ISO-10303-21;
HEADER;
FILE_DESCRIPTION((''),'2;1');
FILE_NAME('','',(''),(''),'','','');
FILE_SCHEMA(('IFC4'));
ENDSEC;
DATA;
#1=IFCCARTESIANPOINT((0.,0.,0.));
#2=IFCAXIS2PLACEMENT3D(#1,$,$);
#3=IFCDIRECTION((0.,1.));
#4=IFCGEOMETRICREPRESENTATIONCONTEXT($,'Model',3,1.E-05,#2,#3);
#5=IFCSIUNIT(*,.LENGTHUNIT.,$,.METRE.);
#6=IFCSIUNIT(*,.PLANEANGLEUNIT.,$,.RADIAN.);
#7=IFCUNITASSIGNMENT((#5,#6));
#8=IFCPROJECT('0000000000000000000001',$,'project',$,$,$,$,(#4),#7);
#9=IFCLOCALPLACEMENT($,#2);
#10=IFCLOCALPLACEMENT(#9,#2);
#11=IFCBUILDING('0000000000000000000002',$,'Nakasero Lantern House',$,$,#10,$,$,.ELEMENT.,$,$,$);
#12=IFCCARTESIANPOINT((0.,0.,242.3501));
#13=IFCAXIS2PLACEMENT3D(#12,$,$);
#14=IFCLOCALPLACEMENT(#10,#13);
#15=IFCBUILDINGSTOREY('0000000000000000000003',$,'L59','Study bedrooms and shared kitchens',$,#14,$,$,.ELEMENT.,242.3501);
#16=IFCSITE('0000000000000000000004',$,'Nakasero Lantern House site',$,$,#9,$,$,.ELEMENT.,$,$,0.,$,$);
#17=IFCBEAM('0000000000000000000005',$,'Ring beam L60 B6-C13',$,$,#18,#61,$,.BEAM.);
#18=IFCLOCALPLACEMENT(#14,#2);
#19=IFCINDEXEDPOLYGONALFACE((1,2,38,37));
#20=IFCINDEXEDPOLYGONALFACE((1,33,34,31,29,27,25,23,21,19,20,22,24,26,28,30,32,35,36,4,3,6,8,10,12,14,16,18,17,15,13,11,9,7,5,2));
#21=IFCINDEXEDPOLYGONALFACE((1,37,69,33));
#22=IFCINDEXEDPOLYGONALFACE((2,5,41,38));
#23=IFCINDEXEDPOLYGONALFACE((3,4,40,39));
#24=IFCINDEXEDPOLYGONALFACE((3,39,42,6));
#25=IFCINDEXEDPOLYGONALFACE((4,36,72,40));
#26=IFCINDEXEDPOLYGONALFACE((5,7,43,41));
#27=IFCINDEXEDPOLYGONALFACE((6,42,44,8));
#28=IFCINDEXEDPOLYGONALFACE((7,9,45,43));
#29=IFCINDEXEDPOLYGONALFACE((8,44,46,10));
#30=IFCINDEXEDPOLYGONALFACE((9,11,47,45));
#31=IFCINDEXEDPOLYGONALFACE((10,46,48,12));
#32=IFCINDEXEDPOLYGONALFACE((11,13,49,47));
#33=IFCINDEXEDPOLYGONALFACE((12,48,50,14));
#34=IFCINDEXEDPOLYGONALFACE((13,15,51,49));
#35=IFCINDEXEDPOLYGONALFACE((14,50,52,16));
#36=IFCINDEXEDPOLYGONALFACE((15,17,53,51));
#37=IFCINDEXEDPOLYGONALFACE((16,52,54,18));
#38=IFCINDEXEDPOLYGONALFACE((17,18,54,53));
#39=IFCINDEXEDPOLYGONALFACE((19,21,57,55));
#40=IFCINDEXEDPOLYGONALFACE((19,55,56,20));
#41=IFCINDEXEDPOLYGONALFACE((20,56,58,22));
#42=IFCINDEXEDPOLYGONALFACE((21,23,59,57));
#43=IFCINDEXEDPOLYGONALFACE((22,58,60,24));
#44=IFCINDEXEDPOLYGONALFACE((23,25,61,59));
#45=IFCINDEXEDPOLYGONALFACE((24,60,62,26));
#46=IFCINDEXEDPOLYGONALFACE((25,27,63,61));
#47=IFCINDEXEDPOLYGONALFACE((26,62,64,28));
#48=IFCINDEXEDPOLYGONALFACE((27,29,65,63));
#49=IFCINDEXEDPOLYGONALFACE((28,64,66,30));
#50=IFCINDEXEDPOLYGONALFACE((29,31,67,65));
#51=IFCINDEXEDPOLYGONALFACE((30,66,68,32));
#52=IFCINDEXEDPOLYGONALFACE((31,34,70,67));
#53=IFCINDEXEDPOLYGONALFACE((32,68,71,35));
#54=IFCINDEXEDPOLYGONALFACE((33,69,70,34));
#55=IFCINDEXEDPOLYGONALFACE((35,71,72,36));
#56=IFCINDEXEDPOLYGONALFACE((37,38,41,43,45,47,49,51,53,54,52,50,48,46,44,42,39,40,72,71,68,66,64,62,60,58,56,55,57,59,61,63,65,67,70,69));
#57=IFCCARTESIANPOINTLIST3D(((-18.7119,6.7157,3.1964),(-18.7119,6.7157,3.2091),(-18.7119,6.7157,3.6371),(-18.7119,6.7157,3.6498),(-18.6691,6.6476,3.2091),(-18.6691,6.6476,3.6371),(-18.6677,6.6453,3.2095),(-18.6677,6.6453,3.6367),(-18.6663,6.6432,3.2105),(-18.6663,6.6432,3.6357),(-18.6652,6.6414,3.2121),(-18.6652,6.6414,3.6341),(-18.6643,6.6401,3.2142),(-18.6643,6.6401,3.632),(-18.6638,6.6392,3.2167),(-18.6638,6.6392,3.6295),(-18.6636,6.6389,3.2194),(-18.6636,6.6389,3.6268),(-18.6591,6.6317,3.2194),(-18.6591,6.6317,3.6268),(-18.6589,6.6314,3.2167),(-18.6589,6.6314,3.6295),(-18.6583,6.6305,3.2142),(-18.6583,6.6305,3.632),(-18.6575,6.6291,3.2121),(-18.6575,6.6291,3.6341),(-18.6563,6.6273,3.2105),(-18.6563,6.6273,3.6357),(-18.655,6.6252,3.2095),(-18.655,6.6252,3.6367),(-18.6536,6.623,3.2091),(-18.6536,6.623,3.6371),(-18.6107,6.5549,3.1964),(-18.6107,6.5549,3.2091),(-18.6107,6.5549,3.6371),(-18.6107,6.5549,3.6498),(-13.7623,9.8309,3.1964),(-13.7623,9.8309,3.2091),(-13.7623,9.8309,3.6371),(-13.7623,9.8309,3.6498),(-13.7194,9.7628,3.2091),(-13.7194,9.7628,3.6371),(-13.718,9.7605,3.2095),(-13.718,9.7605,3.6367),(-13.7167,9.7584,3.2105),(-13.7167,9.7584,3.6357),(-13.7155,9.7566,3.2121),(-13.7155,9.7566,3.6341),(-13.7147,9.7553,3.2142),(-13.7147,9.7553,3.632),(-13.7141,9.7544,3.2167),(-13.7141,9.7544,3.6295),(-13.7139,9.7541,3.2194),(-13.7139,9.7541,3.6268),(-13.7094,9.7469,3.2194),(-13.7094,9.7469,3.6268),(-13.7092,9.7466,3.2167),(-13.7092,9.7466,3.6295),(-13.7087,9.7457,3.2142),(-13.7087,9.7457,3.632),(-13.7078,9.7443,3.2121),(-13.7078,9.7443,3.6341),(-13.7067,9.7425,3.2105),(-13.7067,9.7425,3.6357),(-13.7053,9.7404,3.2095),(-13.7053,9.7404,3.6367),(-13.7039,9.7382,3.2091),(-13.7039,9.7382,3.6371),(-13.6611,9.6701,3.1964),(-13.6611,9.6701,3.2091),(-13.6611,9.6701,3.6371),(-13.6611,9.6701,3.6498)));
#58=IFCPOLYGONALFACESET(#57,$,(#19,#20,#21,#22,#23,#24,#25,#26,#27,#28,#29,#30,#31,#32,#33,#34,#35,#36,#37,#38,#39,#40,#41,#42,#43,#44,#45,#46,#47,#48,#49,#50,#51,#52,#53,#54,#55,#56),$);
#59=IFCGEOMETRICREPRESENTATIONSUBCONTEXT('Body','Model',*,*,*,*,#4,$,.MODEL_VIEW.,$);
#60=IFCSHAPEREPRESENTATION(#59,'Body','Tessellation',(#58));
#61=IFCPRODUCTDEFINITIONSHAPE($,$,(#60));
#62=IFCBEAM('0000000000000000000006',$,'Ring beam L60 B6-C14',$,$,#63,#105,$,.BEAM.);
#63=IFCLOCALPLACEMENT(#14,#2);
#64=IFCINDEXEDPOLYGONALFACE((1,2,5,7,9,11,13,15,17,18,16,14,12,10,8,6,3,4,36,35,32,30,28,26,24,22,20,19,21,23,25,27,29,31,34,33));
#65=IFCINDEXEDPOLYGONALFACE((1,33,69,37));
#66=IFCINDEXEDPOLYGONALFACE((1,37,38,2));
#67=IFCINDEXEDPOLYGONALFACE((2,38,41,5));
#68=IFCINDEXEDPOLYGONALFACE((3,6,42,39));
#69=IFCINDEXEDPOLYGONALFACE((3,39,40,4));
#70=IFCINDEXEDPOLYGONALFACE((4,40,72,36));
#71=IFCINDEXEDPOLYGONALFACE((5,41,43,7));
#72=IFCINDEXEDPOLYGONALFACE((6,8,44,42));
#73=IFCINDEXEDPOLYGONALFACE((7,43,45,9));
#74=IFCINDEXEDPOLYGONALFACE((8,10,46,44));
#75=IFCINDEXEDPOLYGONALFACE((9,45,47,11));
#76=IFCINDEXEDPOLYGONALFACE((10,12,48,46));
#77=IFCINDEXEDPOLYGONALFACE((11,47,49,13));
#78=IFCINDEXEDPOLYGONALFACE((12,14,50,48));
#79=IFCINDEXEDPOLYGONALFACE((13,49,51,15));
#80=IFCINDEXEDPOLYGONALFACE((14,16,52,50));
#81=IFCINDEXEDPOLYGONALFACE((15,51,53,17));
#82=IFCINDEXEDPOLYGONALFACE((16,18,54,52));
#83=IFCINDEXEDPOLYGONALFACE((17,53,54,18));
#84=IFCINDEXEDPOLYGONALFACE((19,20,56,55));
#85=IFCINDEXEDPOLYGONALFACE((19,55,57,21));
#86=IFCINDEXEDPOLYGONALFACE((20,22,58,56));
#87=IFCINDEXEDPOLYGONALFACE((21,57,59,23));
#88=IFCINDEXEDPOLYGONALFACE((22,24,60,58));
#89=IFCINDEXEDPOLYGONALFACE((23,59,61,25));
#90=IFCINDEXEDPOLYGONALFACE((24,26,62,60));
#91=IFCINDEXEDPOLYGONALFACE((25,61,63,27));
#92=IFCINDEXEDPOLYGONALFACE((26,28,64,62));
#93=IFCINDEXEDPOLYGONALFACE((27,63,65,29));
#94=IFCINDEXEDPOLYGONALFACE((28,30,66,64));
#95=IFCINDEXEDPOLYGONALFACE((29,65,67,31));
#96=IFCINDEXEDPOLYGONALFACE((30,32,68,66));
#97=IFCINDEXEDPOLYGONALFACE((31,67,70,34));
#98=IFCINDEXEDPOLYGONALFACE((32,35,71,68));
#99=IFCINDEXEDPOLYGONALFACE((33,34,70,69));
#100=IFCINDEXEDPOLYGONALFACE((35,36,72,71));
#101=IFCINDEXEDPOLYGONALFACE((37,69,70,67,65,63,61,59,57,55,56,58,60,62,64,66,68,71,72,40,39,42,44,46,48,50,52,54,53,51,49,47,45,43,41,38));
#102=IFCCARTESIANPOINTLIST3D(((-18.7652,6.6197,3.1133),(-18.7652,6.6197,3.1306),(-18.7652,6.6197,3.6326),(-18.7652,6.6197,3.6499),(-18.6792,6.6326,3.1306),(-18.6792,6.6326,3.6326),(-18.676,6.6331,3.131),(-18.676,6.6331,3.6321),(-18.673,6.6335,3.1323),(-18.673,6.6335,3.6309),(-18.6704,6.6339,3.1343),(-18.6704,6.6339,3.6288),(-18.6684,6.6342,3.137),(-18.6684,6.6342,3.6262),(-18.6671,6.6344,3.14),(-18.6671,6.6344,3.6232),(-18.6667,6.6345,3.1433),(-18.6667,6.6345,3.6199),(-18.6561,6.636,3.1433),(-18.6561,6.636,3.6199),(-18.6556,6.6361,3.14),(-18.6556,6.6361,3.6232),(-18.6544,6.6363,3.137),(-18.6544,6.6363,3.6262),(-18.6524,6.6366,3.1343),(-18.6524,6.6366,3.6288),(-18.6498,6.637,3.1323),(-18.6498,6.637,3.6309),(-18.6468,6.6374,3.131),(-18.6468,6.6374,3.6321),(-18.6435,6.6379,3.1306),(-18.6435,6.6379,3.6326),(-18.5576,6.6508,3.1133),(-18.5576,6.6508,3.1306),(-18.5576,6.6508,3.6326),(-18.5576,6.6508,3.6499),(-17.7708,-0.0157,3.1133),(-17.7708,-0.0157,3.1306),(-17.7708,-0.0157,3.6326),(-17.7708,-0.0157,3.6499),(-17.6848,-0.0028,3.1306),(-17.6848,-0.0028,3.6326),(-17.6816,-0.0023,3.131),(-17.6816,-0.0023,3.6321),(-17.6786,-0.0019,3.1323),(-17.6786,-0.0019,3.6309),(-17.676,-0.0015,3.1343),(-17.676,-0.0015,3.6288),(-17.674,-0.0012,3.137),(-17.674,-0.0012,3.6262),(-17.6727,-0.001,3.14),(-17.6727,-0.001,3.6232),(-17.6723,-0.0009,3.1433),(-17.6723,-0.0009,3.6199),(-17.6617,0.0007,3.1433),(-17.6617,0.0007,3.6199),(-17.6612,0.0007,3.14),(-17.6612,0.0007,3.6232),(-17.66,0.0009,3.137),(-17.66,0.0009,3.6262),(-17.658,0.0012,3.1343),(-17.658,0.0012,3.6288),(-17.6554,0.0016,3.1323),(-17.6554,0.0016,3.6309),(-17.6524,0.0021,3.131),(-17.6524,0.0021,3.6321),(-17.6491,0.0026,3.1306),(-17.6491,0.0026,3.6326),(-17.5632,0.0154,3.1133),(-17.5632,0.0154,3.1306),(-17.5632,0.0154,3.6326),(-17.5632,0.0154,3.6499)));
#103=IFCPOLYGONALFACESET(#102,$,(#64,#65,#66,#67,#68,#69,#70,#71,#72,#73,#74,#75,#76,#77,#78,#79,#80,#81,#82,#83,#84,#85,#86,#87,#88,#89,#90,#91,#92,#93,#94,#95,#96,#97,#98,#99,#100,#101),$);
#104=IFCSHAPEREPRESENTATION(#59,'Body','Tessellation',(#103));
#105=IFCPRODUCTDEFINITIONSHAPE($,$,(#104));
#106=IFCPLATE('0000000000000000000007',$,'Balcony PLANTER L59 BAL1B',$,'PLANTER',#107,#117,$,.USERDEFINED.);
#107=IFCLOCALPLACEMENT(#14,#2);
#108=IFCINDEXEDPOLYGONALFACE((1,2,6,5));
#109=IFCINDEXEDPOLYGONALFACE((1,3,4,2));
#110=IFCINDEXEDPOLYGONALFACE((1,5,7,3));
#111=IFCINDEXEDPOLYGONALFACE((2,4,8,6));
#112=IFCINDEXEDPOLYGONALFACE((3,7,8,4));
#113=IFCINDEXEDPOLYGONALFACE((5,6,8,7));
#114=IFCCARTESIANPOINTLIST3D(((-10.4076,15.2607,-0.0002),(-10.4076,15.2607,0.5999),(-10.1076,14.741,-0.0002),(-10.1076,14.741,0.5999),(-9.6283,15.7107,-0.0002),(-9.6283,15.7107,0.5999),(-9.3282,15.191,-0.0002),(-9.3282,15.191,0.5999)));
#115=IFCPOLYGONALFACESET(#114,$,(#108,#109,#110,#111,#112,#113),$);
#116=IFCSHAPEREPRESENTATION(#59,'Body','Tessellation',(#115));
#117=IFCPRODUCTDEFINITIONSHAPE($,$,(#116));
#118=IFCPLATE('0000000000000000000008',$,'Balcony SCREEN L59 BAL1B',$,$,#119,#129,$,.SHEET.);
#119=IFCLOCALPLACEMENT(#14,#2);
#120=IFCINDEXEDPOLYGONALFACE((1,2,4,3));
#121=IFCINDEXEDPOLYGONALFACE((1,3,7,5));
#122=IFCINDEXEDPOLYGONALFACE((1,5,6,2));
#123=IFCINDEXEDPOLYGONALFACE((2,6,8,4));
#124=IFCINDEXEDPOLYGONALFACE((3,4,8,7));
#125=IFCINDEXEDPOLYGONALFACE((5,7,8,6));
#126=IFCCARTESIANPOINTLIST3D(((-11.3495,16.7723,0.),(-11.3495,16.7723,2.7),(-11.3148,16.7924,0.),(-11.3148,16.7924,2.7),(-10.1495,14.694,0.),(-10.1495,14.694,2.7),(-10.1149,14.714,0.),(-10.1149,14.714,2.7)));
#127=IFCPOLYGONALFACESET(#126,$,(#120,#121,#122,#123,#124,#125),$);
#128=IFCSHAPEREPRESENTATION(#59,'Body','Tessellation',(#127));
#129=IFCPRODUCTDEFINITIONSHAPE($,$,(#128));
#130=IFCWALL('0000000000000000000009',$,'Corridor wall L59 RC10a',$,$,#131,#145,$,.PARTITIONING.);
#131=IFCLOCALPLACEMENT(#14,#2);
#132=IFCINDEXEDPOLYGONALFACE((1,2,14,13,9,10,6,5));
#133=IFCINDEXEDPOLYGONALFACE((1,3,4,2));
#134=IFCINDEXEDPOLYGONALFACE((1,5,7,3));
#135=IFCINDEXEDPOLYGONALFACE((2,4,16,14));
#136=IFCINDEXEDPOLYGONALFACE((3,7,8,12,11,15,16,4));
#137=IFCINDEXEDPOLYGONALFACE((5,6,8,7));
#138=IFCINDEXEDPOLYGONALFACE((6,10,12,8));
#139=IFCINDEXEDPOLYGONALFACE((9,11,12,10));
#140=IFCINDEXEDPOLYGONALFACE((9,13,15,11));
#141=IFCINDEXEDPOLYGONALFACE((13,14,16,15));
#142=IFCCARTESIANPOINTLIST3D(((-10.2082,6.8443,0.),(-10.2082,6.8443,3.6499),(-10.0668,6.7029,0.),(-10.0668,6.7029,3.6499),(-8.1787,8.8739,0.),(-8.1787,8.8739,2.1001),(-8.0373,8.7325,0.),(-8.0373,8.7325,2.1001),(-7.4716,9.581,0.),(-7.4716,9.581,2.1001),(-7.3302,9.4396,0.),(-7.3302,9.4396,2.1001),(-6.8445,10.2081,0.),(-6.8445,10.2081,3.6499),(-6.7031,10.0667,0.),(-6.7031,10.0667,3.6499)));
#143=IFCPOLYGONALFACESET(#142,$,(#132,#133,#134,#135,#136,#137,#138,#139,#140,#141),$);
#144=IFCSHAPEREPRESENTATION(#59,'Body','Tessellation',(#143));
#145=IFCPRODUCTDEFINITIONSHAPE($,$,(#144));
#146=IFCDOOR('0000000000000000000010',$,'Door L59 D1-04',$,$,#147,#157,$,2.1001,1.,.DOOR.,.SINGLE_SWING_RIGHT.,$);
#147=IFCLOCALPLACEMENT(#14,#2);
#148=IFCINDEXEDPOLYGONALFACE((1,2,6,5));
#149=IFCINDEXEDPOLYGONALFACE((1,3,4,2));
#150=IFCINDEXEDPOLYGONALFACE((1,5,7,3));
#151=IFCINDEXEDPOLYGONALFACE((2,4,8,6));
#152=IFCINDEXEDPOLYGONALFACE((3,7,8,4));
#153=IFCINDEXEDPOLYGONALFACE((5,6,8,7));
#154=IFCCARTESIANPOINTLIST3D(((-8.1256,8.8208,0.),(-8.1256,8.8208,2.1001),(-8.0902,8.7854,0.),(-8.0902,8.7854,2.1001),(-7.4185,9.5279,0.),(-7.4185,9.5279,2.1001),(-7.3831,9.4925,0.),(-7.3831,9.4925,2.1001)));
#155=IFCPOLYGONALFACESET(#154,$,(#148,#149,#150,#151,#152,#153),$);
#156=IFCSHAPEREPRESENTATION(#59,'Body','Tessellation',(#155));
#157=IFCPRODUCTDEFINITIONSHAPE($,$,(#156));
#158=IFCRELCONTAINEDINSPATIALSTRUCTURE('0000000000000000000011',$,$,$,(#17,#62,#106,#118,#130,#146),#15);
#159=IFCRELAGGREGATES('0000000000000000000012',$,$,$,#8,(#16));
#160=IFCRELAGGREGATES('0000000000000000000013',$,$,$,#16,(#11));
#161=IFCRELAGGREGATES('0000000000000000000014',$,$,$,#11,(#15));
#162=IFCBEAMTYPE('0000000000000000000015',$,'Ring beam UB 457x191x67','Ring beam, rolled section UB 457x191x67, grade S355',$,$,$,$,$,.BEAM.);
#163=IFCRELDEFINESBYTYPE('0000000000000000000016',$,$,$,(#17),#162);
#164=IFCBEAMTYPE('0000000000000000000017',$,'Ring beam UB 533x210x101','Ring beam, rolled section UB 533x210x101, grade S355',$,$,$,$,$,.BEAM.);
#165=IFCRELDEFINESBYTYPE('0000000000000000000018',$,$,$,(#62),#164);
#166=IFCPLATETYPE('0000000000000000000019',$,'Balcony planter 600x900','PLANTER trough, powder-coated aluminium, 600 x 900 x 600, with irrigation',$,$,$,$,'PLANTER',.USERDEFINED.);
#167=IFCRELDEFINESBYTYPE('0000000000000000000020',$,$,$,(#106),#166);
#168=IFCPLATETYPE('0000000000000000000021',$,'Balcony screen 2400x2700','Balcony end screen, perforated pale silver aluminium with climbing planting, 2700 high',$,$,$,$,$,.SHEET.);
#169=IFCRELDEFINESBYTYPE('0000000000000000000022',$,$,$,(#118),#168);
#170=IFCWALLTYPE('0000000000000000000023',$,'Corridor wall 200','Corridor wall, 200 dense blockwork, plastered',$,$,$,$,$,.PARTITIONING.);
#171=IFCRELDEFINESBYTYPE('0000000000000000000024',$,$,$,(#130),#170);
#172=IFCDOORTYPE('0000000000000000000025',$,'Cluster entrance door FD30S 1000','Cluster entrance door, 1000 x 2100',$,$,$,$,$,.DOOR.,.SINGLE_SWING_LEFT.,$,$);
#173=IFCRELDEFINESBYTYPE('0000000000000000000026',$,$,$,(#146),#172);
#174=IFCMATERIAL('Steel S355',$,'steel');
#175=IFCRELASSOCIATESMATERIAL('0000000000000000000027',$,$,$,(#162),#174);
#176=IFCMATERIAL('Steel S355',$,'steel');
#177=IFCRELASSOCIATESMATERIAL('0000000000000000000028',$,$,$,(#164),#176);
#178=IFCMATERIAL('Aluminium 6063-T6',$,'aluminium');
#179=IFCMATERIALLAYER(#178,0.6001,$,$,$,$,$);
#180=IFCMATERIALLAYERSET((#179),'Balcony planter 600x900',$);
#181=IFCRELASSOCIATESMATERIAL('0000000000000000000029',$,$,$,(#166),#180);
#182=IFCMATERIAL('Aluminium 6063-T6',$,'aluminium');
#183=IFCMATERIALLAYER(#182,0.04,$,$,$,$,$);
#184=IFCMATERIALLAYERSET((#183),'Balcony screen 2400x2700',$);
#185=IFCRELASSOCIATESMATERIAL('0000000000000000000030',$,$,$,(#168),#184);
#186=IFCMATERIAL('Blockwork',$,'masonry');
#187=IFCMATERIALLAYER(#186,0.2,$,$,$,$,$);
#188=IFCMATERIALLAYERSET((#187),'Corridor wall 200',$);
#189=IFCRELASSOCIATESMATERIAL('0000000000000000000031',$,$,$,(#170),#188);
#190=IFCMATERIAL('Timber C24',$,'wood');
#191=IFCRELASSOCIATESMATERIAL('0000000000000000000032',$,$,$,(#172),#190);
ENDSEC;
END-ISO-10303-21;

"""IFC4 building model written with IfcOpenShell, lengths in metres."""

from ifc_helpers import new_model, si_unit, direction, frame, frame_2d, origin, origin_2d, place, context, subcontext, project, spatial, rectangle, i_section, extrude, material, layer, layer_set, material_profile, profile_set, type_object, element, fill, save


model = new_model("IFC4")

# Units and contexts
model_context = context("Model", 3, precision=1e-05, world=origin(), true_north=direction((0.0, 1.0)))
body_context = subcontext(model_context, "Body", "Model", "MODEL_VIEW")
ifc_project = project(units=[si_unit("LENGTHUNIT", "METRE"), si_unit("PLANEANGLEUNIT", "RADIAN")], contexts=[model_context])

# Site, building, storey
site_placement = place(None, origin())
site = spatial("IfcSite", under=ifc_project, at=site_placement, Name="Nakasero Lantern House site", CompositionType="ELEMENT", RefElevation=0.0)
building_placement = place(site_placement, origin())
building = spatial("IfcBuilding", under=site, at=building_placement, Name="Nakasero Lantern House", CompositionType="ELEMENT")
storey_placement = place(building_placement, frame((0.0, 0.0, 242.3501)))
storey = spatial("IfcBuildingStorey", under=building, at=storey_placement, Name="L59", Description="Study bedrooms and shared kitchens", CompositionType="ELEMENT", Elevation=242.3501)

# Beams
ifc_material_1 = material(Name="Steel S355", Category="steel")
ifc_material_profile_1 = material_profile(ifc_material_1, i_section(OverallWidth=0.1899, OverallDepth=0.4534, WebThickness=0.0085, FlangeThickness=0.0127, FilletRadius=0.0103, at=origin_2d()), Name="UB 457x191x67")
ifc_profile_set_1 = profile_set([ifc_material_profile_1], Name="Steel S355")
beam_type_1 = type_object("IfcBeamType", Name="Ring beam UB 457x191x67", Description="Ring beam, rolled section UB 457x191x67, grade S355", PredefinedType="BEAM", material=ifc_profile_set_1)
beam_1_placement = place(storey_placement, frame((-13.7117, 9.7505, 3.4231), z_axis=(-0.846329, -0.53266, 0.0), x_axis=(0.53266, -0.846329, 0.0)))
element("IfcBeam", 1, at=beam_1_placement, inside=storey, type_object=beam_type_1, Name="Ring beam L60 B6-C13", PredefinedType="BEAM", context=body_context, shape_type="SweptSolid", body=[
    extrude(i_section(OverallWidth=0.1899, OverallDepth=0.4534, WebThickness=0.0085, FlangeThickness=0.0127, FilletRadius=0.0103, at=origin_2d()), origin(), (0.0, 0.0, 1.0), 5.8484),
])
ifc_material_2 = material(Name="Steel S355", Category="steel")
ifc_material_profile_2 = material_profile(ifc_material_2, i_section(OverallWidth=0.21, OverallDepth=0.5366, WebThickness=0.0107, FlangeThickness=0.0173, FilletRadius=0.0127, at=origin_2d()), Name="UB 533x210x101")
ifc_profile_set_2 = profile_set([ifc_material_profile_2], Name="Steel S355")
beam_type_2 = type_object("IfcBeamType", Name="Ring beam UB 533x210x101", Description="Ring beam, rolled section UB 533x210x101, grade S355", PredefinedType="BEAM", material=ifc_profile_set_2)
beam_2_placement = place(storey_placement, frame((-18.6614, 6.6353, 3.3816), z_axis=(0.148209, -0.988956, 0.0), x_axis=(0.988956, 0.148209, 0.0)))
element("IfcBeam", 2, at=beam_2_placement, inside=storey, type_object=beam_type_2, Name="Ring beam L60 B6-C14", PredefinedType="BEAM", context=body_context, shape_type="SweptSolid", body=[
    extrude(i_section(OverallWidth=0.21, OverallDepth=0.5366, WebThickness=0.0107, FlangeThickness=0.0173, FilletRadius=0.0127, at=origin_2d()), origin(), (0.0, 0.0, 1.0), 6.7095),
])

# Plates
ifc_material_3 = material(Name="Aluminium 6063-T6", Category="aluminium")
ifc_layer_1 = layer(ifc_material_3, 0.6001)
ifc_layer_set_1 = layer_set([ifc_layer_1], Name="Balcony planter 600x900")
plate_type_1 = type_object("IfcPlateType", Name="Balcony planter 600x900", Description="PLANTER trough, powder-coated aluminium, 600 x 900 x 600, with irrigation", ElementType="PLANTER", PredefinedType="USERDEFINED", material=ifc_layer_set_1)
plate_1_placement = place(storey_placement, frame((-9.8679, 15.2258, -0.0002), z_axis=(0.0, 0.0, 1.0), x_axis=(-0.5, 0.866025, 0.0)))
element("IfcPlate", 3, at=plate_1_placement, inside=storey, type_object=plate_type_1, Name="Balcony PLANTER L59 BAL1B", ObjectType="PLANTER", PredefinedType="USERDEFINED", context=body_context, shape_type="SweptSolid", body=[
    extrude(rectangle(XDim=0.6001, YDim=0.8999, at=origin_2d()), origin(), (0.0, 0.0, 1.0), 0.6001),
])
ifc_material_4 = material(Name="Aluminium 6063-T6", Category="aluminium")
ifc_layer_2 = layer(ifc_material_4, 0.04)
ifc_layer_set_2 = layer_set([ifc_layer_2], Name="Balcony screen 2400x2700")
plate_type_2 = type_object("IfcPlateType", Name="Balcony screen 2400x2700", Description="Balcony end screen, perforated pale silver aluminium with climbing planting, 2700 high", PredefinedType="SHEET", material=ifc_layer_set_2)
plate_2_placement = place(storey_placement, frame((-10.7322, 15.7432, 0.0), z_axis=(0.0, 0.0, 1.0), x_axis=(-0.5, 0.866025, 0.0)))
element("IfcPlate", 4, at=plate_2_placement, inside=storey, type_object=plate_type_2, Name="Balcony SCREEN L59 BAL1B", PredefinedType="SHEET", context=body_context, shape_type="SweptSolid", body=[
    extrude(rectangle(XDim=2.3999, YDim=0.04, at=origin_2d()), origin(), (0.0, 0.0, 1.0), 2.7),
])

# Wall, opening, door
ifc_material_5 = material(Name="Blockwork", Category="masonry")
ifc_layer_3 = layer(ifc_material_5, 0.2)
ifc_layer_set_3 = layer_set([ifc_layer_3], Name="Corridor wall 200")
wall_type_1 = type_object("IfcWallType", Name="Corridor wall 200", Description="Corridor wall, 200 dense blockwork, plastered", PredefinedType="PARTITIONING", material=ifc_layer_set_3)
wall_1_placement = place(storey_placement, frame((-10.1375, 6.7737, 0.0), z_axis=(0.0, 0.0, 1.0), x_axis=(0.707107, 0.707107, 0.0)))
wall_1 = element("IfcWall", 5, at=wall_1_placement, inside=storey, type_object=wall_type_1, Name="Corridor wall L59 RC10a", PredefinedType="PARTITIONING", context=body_context, shape_type="SweptSolid", body=[
    extrude(rectangle(XDim=4.7571, YDim=0.2, at=frame_2d((2.3784, 0.0))), origin(), (0.0, 0.0, 1.0), 3.6499),
])
opening_1_placement = place(wall_1_placement, frame((2.8701, 0.0, 0.0)))
opening_1 = element("IfcOpeningElement", 6, at=opening_1_placement, cuts=wall_1, PredefinedType="OPENING", context=body_context, shape_type="SweptSolid", body=[
    extrude(rectangle(XDim=1.0, YDim=2.1001, at=frame_2d((0.5, 1.05))), frame((0.0, 0.1199, 0.0), z_axis=(0.0, -1.0, 0.0), x_axis=(1.0, 0.0, 0.0)), (0.0, 0.0, 1.0), 0.24),
])
ifc_material_6 = material(Name="Timber C24", Category="wood")
door_type_1 = type_object("IfcDoorType", Name="Cluster entrance door FD30S 1000", Description="Cluster entrance door, 1000 x 2100", OperationType="SINGLE_SWING_LEFT", PredefinedType="DOOR", material=ifc_material_6)
door_1_placement = place(opening_1_placement, origin())
door_1 = element("IfcDoor", 7, at=door_1_placement, inside=storey, type_object=door_type_1, Name="Door L59 D1-04", OperationType="SINGLE_SWING_RIGHT", OverallHeight=2.1001, OverallWidth=1.0, PredefinedType="DOOR", context=body_context, shape_type="SweptSolid", body=[
    extrude(rectangle(XDim=1.0, YDim=2.1001, at=frame_2d((0.5, 1.05))), frame((0.0, 0.0249, 0.0), z_axis=(0.0, -1.0, 0.0), x_axis=(1.0, 0.0, 0.0)), (0.0, 0.0, 1.0), 0.05),
])
fill(opening_1, door_1)

save(model, "model.ifc")
